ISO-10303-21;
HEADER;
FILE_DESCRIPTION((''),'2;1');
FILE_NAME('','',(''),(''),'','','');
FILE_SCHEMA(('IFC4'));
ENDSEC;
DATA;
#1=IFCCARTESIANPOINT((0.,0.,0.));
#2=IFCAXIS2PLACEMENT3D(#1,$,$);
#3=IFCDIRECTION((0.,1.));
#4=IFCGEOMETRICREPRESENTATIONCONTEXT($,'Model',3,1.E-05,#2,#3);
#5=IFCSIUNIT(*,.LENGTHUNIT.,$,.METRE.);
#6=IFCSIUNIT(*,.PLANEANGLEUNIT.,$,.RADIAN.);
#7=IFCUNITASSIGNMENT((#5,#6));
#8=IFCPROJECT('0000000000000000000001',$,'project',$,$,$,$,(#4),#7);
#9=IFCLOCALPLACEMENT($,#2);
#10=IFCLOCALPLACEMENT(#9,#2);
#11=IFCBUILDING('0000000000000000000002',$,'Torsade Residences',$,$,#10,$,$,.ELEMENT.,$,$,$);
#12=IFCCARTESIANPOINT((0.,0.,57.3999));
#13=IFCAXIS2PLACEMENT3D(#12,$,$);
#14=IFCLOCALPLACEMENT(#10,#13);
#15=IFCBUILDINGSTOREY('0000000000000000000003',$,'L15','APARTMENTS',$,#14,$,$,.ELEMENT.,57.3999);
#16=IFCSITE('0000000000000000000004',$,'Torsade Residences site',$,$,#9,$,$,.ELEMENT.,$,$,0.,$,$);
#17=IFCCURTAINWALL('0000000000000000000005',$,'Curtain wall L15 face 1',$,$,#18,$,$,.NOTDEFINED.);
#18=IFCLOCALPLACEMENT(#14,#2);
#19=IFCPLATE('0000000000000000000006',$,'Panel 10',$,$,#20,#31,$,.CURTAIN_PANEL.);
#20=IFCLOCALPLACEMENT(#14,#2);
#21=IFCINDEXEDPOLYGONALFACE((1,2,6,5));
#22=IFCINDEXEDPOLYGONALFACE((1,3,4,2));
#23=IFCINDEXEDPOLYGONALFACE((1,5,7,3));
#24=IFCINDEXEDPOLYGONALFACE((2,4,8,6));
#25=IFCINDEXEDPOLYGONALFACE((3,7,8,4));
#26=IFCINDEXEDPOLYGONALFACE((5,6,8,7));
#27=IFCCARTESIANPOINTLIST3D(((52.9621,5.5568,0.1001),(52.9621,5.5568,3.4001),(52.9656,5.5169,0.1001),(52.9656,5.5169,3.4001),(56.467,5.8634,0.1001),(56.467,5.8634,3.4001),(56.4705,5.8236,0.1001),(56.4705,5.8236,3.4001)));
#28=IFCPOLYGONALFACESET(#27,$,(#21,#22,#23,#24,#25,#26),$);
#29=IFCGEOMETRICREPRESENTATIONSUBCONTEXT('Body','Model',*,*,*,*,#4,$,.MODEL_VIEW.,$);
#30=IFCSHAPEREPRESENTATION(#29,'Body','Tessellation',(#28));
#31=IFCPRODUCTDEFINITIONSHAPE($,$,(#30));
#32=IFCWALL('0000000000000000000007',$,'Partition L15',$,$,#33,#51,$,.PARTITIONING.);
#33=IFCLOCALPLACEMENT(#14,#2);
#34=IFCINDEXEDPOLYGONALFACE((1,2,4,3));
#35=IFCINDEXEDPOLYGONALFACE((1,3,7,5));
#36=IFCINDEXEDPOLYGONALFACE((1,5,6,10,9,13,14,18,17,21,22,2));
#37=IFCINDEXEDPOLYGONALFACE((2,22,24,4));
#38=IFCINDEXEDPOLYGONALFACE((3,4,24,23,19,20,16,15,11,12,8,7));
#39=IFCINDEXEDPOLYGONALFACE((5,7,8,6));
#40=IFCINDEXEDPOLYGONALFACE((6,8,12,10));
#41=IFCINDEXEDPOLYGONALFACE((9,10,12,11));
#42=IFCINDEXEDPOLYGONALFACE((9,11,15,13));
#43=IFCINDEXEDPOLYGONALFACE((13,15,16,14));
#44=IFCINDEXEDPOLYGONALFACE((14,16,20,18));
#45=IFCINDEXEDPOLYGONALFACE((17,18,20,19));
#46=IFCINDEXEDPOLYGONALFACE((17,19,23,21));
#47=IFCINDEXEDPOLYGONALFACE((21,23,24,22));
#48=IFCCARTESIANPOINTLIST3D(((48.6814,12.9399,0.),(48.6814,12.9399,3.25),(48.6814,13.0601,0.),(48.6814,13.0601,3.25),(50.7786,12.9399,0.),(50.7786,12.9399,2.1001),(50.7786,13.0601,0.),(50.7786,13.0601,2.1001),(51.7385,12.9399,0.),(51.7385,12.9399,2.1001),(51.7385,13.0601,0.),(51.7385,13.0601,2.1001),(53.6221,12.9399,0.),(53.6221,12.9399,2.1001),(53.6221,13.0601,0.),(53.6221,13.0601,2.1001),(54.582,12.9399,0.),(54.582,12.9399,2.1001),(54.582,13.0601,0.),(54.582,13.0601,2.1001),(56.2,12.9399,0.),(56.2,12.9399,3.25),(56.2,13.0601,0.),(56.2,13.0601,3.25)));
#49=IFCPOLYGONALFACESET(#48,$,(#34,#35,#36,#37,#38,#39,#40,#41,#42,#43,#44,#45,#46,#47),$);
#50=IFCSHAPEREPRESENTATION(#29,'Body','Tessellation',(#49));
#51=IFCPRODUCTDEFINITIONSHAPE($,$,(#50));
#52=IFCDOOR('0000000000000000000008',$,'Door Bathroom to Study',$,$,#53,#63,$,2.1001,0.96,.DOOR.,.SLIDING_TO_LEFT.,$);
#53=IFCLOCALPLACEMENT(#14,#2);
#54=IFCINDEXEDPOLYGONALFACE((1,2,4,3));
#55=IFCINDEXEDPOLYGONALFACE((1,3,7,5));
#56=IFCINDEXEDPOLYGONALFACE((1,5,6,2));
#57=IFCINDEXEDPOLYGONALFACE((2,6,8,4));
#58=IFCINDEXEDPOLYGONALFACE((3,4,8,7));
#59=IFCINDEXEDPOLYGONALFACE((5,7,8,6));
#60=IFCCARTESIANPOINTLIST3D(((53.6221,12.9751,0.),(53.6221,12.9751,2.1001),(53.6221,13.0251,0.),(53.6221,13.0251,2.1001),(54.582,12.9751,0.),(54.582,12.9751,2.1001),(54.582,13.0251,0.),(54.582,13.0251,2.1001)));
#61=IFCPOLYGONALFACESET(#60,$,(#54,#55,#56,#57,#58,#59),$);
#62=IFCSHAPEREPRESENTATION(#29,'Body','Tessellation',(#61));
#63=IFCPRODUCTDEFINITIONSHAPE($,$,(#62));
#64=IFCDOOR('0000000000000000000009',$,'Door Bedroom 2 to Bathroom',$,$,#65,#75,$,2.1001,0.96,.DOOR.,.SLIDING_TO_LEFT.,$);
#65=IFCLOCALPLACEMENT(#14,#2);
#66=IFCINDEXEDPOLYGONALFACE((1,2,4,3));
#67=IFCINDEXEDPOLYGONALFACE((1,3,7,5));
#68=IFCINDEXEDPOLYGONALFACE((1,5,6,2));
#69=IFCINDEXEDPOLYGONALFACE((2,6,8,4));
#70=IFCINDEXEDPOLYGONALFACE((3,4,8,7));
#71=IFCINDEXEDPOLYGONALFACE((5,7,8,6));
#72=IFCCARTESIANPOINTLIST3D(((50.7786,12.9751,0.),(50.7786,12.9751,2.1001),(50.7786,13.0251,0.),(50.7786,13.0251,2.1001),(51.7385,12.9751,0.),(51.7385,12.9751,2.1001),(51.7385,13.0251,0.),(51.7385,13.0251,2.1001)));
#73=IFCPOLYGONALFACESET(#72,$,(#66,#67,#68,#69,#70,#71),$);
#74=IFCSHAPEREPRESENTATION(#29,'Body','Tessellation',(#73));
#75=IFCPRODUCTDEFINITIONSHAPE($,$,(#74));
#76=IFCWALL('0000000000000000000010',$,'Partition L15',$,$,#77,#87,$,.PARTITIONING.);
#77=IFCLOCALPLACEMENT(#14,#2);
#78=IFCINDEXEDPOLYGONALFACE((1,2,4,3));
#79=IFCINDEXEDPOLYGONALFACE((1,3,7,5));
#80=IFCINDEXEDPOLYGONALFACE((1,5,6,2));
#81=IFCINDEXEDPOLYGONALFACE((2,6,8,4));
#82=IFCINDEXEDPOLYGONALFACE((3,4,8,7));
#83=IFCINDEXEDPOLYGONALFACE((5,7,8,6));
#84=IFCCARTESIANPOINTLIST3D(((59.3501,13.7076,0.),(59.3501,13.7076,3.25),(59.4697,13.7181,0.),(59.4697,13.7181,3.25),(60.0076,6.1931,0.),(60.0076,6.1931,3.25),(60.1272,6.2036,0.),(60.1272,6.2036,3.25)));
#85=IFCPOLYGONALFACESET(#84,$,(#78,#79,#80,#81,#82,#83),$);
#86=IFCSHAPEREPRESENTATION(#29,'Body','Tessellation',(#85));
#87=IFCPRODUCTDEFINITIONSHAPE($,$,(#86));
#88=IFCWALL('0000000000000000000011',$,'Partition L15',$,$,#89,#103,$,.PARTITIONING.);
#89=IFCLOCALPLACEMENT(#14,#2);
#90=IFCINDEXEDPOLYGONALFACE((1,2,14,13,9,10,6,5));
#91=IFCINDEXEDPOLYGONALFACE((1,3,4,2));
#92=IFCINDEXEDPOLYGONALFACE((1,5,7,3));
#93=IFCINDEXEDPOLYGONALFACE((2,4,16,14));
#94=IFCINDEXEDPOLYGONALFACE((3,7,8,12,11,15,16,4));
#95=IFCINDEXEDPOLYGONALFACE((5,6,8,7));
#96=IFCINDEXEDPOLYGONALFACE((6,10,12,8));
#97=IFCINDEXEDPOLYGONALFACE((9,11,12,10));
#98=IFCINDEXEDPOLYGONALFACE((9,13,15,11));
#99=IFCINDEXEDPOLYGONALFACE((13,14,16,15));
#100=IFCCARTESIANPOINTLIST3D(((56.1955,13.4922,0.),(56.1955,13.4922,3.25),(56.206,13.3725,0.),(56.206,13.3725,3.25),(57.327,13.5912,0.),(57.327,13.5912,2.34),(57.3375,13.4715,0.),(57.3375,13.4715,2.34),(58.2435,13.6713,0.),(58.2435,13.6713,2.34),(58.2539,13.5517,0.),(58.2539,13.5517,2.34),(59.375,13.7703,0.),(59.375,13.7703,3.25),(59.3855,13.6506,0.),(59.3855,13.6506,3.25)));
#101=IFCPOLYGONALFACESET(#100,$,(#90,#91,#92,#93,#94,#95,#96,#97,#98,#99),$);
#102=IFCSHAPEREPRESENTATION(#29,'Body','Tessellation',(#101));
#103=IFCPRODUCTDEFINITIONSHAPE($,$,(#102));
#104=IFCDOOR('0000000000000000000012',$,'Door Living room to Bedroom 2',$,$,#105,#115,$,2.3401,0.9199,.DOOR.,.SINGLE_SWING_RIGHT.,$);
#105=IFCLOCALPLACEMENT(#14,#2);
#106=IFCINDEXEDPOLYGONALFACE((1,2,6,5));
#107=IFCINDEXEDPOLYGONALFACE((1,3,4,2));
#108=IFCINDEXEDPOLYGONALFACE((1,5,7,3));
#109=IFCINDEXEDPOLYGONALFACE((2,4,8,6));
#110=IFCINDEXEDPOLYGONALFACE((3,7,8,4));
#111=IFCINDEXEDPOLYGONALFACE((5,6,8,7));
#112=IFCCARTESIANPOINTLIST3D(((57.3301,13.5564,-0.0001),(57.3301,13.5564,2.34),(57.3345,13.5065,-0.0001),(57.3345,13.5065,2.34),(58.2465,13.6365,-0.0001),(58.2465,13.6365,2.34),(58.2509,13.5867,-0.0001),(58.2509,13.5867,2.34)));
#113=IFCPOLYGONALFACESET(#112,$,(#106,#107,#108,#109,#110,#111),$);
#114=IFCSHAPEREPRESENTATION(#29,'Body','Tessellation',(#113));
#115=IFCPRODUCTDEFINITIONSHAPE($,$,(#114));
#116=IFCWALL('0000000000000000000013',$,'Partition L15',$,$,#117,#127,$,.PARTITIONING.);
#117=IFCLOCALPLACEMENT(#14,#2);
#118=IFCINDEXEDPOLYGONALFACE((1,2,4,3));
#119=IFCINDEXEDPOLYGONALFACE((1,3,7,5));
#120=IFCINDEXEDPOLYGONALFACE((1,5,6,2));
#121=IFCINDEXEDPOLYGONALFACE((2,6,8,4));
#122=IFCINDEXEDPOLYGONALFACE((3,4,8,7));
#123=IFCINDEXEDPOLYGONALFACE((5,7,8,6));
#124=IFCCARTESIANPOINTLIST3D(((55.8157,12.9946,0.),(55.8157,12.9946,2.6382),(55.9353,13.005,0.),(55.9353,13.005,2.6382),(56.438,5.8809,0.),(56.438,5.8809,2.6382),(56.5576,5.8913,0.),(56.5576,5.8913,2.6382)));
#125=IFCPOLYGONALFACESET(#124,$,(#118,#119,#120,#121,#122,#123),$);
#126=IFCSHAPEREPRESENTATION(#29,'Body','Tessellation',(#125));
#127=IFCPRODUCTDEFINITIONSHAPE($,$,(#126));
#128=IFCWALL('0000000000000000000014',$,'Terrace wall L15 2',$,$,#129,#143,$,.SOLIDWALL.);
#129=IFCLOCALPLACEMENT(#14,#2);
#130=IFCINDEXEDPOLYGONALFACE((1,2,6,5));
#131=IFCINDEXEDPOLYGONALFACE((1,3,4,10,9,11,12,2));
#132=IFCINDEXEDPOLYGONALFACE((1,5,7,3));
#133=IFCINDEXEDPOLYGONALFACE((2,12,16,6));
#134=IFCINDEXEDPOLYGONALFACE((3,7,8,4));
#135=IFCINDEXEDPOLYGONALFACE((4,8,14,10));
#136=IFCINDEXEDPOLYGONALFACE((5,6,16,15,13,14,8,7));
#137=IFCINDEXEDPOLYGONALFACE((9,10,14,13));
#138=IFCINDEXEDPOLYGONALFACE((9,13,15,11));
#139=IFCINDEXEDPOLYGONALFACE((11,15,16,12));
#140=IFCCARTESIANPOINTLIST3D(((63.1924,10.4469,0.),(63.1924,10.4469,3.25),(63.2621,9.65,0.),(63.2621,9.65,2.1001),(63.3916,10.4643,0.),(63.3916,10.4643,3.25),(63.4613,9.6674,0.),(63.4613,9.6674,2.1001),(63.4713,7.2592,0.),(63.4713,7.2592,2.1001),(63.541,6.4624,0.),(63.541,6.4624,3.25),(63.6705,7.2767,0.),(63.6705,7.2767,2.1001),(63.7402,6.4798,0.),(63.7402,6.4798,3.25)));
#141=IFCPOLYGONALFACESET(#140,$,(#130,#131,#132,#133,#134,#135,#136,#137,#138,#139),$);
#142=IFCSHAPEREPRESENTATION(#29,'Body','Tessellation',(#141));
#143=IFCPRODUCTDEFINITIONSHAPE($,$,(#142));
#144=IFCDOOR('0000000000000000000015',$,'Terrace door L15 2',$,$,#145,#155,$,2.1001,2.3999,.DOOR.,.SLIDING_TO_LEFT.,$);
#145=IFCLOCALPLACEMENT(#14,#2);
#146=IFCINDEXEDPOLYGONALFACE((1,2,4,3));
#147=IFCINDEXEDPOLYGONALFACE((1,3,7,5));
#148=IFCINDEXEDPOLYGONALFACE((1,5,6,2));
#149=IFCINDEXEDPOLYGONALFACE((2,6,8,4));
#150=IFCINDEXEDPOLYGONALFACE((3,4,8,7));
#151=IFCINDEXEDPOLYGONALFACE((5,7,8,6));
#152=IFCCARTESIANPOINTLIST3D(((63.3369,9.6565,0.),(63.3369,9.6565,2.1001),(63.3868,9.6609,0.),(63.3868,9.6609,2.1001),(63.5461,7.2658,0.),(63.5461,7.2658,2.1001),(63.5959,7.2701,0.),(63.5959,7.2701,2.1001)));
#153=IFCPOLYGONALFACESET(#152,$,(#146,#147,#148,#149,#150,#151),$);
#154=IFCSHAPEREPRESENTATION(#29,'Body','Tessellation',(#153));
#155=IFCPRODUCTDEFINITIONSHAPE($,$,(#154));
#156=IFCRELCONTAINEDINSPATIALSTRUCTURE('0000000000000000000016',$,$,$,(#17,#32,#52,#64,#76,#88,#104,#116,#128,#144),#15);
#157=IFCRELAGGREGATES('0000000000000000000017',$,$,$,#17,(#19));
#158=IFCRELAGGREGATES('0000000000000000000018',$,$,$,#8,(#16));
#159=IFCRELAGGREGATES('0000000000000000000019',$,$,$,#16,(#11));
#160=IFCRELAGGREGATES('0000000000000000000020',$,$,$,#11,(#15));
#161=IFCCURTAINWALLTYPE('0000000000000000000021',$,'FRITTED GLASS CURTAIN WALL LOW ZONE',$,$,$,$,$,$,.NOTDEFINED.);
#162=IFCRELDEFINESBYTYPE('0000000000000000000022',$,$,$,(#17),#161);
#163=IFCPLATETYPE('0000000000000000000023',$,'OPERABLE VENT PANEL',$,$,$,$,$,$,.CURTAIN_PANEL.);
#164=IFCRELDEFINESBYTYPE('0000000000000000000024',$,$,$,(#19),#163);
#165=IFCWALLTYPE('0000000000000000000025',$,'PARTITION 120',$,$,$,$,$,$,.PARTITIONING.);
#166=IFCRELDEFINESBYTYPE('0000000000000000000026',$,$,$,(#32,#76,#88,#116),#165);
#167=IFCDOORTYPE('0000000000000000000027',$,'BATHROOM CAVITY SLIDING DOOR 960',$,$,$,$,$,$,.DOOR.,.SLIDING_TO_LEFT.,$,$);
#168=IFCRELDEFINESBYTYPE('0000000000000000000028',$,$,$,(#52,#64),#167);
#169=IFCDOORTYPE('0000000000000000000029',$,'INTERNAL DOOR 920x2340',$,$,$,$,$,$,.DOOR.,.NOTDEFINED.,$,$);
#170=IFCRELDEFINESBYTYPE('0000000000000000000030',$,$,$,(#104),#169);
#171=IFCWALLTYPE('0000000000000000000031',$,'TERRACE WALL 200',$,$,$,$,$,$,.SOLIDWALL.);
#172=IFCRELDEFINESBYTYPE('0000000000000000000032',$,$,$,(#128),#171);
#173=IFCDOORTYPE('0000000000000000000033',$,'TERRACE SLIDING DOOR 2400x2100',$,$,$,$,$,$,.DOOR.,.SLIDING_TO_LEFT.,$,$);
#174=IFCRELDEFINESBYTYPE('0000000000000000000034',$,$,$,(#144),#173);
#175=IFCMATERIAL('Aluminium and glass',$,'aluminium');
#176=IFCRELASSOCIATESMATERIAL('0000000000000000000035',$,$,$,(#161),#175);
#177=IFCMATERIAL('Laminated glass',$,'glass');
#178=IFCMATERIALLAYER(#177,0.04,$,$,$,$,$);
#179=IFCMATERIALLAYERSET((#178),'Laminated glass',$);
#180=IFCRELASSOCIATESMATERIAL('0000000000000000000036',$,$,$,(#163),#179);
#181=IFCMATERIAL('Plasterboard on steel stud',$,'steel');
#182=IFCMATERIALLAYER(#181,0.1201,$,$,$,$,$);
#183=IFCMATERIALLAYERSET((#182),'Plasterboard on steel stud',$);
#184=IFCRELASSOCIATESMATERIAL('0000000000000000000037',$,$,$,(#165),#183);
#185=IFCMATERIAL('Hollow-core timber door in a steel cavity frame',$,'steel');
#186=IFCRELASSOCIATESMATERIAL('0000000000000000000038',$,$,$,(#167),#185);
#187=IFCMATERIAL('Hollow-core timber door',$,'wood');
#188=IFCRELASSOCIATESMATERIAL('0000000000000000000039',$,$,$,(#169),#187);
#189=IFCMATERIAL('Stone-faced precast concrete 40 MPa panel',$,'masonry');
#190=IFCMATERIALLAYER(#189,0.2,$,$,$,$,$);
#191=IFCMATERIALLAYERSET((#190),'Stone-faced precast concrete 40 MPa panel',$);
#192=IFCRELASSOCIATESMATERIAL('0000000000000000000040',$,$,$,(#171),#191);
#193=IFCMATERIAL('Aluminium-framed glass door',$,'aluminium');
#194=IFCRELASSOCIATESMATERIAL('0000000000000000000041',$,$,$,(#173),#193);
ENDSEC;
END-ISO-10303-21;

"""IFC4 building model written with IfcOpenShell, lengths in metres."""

from ifc_helpers import new_model, si_unit, direction, frame, frame_2d, origin, origin_2d, place, context, subcontext, project, spatial, rectangle, extrude, material, layer, layer_set, type_object, element, fill, aggregate, save


model = new_model("IFC4")

# Units and contexts
model_context = context("Model", 3, precision=1e-05, world=origin(), true_north=direction((0.0, 1.0)))
body_context = subcontext(model_context, "Body", "Model", "MODEL_VIEW")
ifc_project = project(units=[si_unit("LENGTHUNIT", "METRE"), si_unit("PLANEANGLEUNIT", "RADIAN")], contexts=[model_context])

# Site, building, storey
site_placement = place(None, origin())
site = spatial("IfcSite", under=ifc_project, at=site_placement, Name="Torsade Residences site", CompositionType="ELEMENT", RefElevation=0.0)
building_placement = place(site_placement, origin())
building = spatial("IfcBuilding", under=site, at=building_placement, Name="Torsade Residences", CompositionType="ELEMENT")
storey_placement = place(building_placement, frame((0.0, 0.0, 57.3999)))
storey = spatial("IfcBuildingStorey", under=building, at=storey_placement, Name="L15", Description="APARTMENTS", CompositionType="ELEMENT", Elevation=57.3999)

# Curtain wall
ifc_material_1 = material(Name="Aluminium and glass", Category="aluminium")
curtain_wall_type = type_object("IfcCurtainWallType", Name="FRITTED GLASS CURTAIN WALL LOW ZONE", PredefinedType="NOTDEFINED", material=ifc_material_1)
curtain_wall_1_placement = place(storey_placement, origin())
curtain_wall_1 = element("IfcCurtainWall", 1, at=curtain_wall_1_placement, inside=storey, type_object=curtain_wall_type, Name="Curtain wall L15 face 1", PredefinedType="NOTDEFINED")

# Plate
ifc_material_2 = material(Name="Laminated glass", Category="glass")
ifc_layer_1 = layer(ifc_material_2, 0.04)
ifc_layer_set_1 = layer_set([ifc_layer_1], Name="Laminated glass")
plate_type_1 = type_object("IfcPlateType", Name="OPERABLE VENT PANEL", PredefinedType="CURTAIN_PANEL", material=ifc_layer_set_1)
plate_1_placement = place(storey_placement, frame((54.7163, 5.6902, 0.1001), z_axis=(0.0, 0.0, 1.0), x_axis=(0.996195, 0.087156, 0.0)))
plate_1 = element("IfcPlate", 2, at=plate_1_placement, type_object=plate_type_1, Name="Panel 10", PredefinedType="CURTAIN_PANEL", context=body_context, shape_type="SweptSolid", body=[
    extrude(rectangle(XDim=3.5183, YDim=0.04, at=origin_2d()), origin(), (0.0, 0.0, 1.0), 3.3),
])
aggregate(curtain_wall_1, [plate_1])

# Wall, openings, doors
ifc_material_3 = material(Name="Plasterboard on steel stud", Category="steel")
ifc_layer_2 = layer(ifc_material_3, 0.1201)
ifc_layer_set_2 = layer_set([ifc_layer_2], Name="Plasterboard on steel stud")
wall_type_1 = type_object("IfcWallType", Name="PARTITION 120", PredefinedType="PARTITIONING", material=ifc_layer_set_2)
wall_1_placement = place(storey_placement, frame((56.2, 13.0, 0.0), z_axis=(0.0, 0.0, 1.0), x_axis=(-1.0, 0.0, 0.0)))
wall_1 = element("IfcWall", 3, at=wall_1_placement, inside=storey, type_object=wall_type_1, Name="Partition L15", PredefinedType="PARTITIONING", context=body_context, shape_type="SweptSolid", body=[
    extrude(rectangle(XDim=7.5186, YDim=0.1201, at=frame_2d((3.7593, 0.0))), origin(), (0.0, 0.0, 1.0), 3.25),
])
opening_1_placement = place(wall_1_placement, frame((1.6179, 0.0, 0.0)))
opening_1 = element("IfcOpeningElement", 4, at=opening_1_placement, cuts=wall_1, PredefinedType="OPENING", context=body_context, shape_type="SweptSolid", body=[
    extrude(rectangle(XDim=0.96, YDim=2.1001, at=frame_2d((0.48, 1.05))), frame((0.0, 0.0701, 0.0), z_axis=(0.0, -1.0, 0.0), x_axis=(1.0, 0.0, 0.0)), (0.0, 0.0, 1.0), 0.1401),
])
opening_2_placement = place(wall_1_placement, frame((4.4614, 0.0, 0.0)))
opening_2 = element("IfcOpeningElement", 5, at=opening_2_placement, cuts=wall_1, PredefinedType="OPENING", context=body_context, shape_type="SweptSolid", body=[
    extrude(rectangle(XDim=0.96, YDim=2.1001, at=frame_2d((0.48, 1.05))), frame((0.0, 0.0701, 0.0), z_axis=(0.0, -1.0, 0.0), x_axis=(1.0, 0.0, 0.0)), (0.0, 0.0, 1.0), 0.1401),
])
ifc_material_4 = material(Name="Hollow-core timber door in a steel cavity frame", Category="steel")
door_type_1 = type_object("IfcDoorType", Name="BATHROOM CAVITY SLIDING DOOR 960", OperationType="SLIDING_TO_LEFT", PredefinedType="DOOR", material=ifc_material_4)
door_1_placement = place(opening_1_placement, origin())
door_1 = element("IfcDoor", 6, at=door_1_placement, inside=storey, type_object=door_type_1, Name="Door Bathroom to Study", OperationType="SLIDING_TO_LEFT", OverallHeight=2.1001, OverallWidth=0.96, PredefinedType="DOOR", context=body_context, shape_type="SweptSolid", body=[
    extrude(rectangle(XDim=0.96, YDim=2.1001, at=frame_2d((0.48, 1.05))), frame((0.0, 0.0249, 0.0), z_axis=(0.0, -1.0, 0.0), x_axis=(1.0, 0.0, 0.0)), (0.0, 0.0, 1.0), 0.05),
])
fill(opening_1, door_1)
door_2_placement = place(opening_2_placement, origin())
door_2 = element("IfcDoor", 7, at=door_2_placement, inside=storey, type_object=door_type_1, Name="Door Bedroom 2 to Bathroom", OperationType="SLIDING_TO_LEFT", OverallHeight=2.1001, OverallWidth=0.96, PredefinedType="DOOR", context=body_context, shape_type="SweptSolid", body=[
    extrude(rectangle(XDim=0.96, YDim=2.1001, at=frame_2d((0.48, 1.05))), frame((0.0, 0.0249, 0.0), z_axis=(0.0, -1.0, 0.0), x_axis=(1.0, 0.0, 0.0)), (0.0, 0.0, 1.0), 0.05),
])
fill(opening_2, door_2)

# Wall
wall_2_placement = place(storey_placement, frame((60.0674, 6.1985, 0.0), z_axis=(0.0, 0.0, 1.0), x_axis=(-0.087162, 0.996194, 0.0)))
element("IfcWall", 8, at=wall_2_placement, inside=storey, type_object=wall_type_1, Name="Partition L15", PredefinedType="PARTITIONING", context=body_context, shape_type="SweptSolid", body=[
    extrude(rectangle(XDim=7.5432, YDim=0.1201, at=frame_2d((3.7715, 0.0))), origin(), (0.0, 0.0, 1.0), 3.25),
])

# Wall, opening, door
wall_3_placement = place(storey_placement, frame((59.3801, 13.7104, 0.0), z_axis=(0.0, 0.0, 1.0), x_axis=(-0.996197, -0.087128, 0.0)))
wall_3 = element("IfcWall", 9, at=wall_3_placement, inside=storey, type_object=wall_type_1, Name="Partition L15", PredefinedType="PARTITIONING", context=body_context, shape_type="SweptSolid", body=[
    extrude(rectangle(XDim=3.1917, YDim=0.1201, at=frame_2d((1.5957, 0.0))), origin(), (0.0, 0.0, 1.0), 3.25),
])
opening_3_placement = place(wall_3_placement, frame((1.1357, 0.0, 0.0)))
opening_3 = element("IfcOpeningElement", 10, at=opening_3_placement, cuts=wall_3, PredefinedType="OPENING", context=body_context, shape_type="SweptSolid", body=[
    extrude(rectangle(XDim=0.9199, YDim=2.3401, at=frame_2d((0.46, 1.1699))), frame((0.0, 0.0701, 0.0), z_axis=(0.0, -1.0, 0.0), x_axis=(1.0, 0.0, 0.0)), (0.0, 0.0, 1.0), 0.1401),
])
ifc_material_5 = material(Name="Hollow-core timber door", Category="wood")
door_type_2 = type_object("IfcDoorType", Name="INTERNAL DOOR 920x2340", OperationType="NOTDEFINED", PredefinedType="DOOR", material=ifc_material_5)
door_3_placement = place(opening_3_placement, origin())
door_3 = element("IfcDoor", 11, at=door_3_placement, inside=storey, type_object=door_type_2, Name="Door Living room to Bedroom 2", OperationType="SINGLE_SWING_RIGHT", OverallHeight=2.3401, OverallWidth=0.9199, PredefinedType="DOOR", context=body_context, shape_type="SweptSolid", body=[
    extrude(rectangle(XDim=0.9199, YDim=2.3401, at=frame_2d((0.46, 1.1699))), frame((0.0, 0.0249, 0.0), z_axis=(0.0, -1.0, 0.0), x_axis=(1.0, 0.0, 0.0)), (0.0, 0.0, 1.0), 0.05),
])
fill(opening_3, door_3)

# Wall
wall_4_placement = place(storey_placement, frame((56.4978, 5.8862, 0.0), z_axis=(0.0, 0.0, 1.0), x_axis=(-0.087147, 0.996195, 0.0)))
element("IfcWall", 12, at=wall_4_placement, inside=storey, type_object=wall_type_1, Name="Partition L15", PredefinedType="PARTITIONING", context=body_context, shape_type="SweptSolid", body=[
    extrude(rectangle(XDim=7.1409, YDim=0.1201, at=frame_2d((3.5703, 0.0))), origin(), (0.0, 0.0, 1.0), 2.6382),
])

# Wall, opening, door
ifc_material_6 = material(Name="Stone-faced precast concrete 40 MPa panel", Category="masonry")
ifc_layer_3 = layer(ifc_material_6, 0.2)
ifc_layer_set_3 = layer_set([ifc_layer_3], Name="Stone-faced precast concrete 40 MPa panel")
wall_type_2 = type_object("IfcWallType", Name="TERRACE WALL 200", PredefinedType="SOLIDWALL", material=ifc_layer_set_3)
wall_5_placement = place(storey_placement, frame((63.6406, 6.4709, 0.0), z_axis=(0.0, 0.0, 1.0), x_axis=(-0.087162, 0.996194, 0.0)))
wall_5 = element("IfcWall", 13, at=wall_5_placement, inside=storey, type_object=wall_type_2, Name="Terrace wall L15 2", PredefinedType="SOLIDWALL", context=body_context, shape_type="SweptSolid", body=[
    extrude(rectangle(XDim=3.9998, YDim=0.2, at=frame_2d((2.0, 0.0))), origin(), (0.0, 0.0, 1.0), 3.25),
])
opening_4_placement = place(wall_5_placement, frame((0.8, 0.0, 0.0)))
opening_4 = element("IfcOpeningElement", 14, at=opening_4_placement, cuts=wall_5, PredefinedType="OPENING", context=body_context, shape_type="SweptSolid", body=[
    extrude(rectangle(XDim=2.3999, YDim=2.1001, at=frame_2d((1.2, 1.05))), frame((0.0, 0.1099, 0.0), z_axis=(0.0, -1.0, 0.0), x_axis=(1.0, 0.0, 0.0)), (0.0, 0.0, 1.0), 0.22),
])
ifc_material_7 = material(Name="Aluminium-framed glass door", Category="aluminium")
door_type_3 = type_object("IfcDoorType", Name="TERRACE SLIDING DOOR 2400x2100", OperationType="SLIDING_TO_LEFT", PredefinedType="DOOR", material=ifc_material_7)
door_4_placement = place(opening_4_placement, origin())
door_4 = element("IfcDoor", 15, at=door_4_placement, inside=storey, type_object=door_type_3, Name="Terrace door L15 2", OperationType="SLIDING_TO_LEFT", OverallHeight=2.1001, OverallWidth=2.3999, PredefinedType="DOOR", context=body_context, shape_type="SweptSolid", body=[
    extrude(rectangle(XDim=2.3999, YDim=2.1001, at=frame_2d((1.2, 1.05))), frame((0.0, 0.0249, 0.0), z_axis=(0.0, -1.0, 0.0), x_axis=(1.0, 0.0, 0.0)), (0.0, 0.0, 1.0), 0.05),
])
fill(opening_4, door_4)

save(model, "model.ifc")
